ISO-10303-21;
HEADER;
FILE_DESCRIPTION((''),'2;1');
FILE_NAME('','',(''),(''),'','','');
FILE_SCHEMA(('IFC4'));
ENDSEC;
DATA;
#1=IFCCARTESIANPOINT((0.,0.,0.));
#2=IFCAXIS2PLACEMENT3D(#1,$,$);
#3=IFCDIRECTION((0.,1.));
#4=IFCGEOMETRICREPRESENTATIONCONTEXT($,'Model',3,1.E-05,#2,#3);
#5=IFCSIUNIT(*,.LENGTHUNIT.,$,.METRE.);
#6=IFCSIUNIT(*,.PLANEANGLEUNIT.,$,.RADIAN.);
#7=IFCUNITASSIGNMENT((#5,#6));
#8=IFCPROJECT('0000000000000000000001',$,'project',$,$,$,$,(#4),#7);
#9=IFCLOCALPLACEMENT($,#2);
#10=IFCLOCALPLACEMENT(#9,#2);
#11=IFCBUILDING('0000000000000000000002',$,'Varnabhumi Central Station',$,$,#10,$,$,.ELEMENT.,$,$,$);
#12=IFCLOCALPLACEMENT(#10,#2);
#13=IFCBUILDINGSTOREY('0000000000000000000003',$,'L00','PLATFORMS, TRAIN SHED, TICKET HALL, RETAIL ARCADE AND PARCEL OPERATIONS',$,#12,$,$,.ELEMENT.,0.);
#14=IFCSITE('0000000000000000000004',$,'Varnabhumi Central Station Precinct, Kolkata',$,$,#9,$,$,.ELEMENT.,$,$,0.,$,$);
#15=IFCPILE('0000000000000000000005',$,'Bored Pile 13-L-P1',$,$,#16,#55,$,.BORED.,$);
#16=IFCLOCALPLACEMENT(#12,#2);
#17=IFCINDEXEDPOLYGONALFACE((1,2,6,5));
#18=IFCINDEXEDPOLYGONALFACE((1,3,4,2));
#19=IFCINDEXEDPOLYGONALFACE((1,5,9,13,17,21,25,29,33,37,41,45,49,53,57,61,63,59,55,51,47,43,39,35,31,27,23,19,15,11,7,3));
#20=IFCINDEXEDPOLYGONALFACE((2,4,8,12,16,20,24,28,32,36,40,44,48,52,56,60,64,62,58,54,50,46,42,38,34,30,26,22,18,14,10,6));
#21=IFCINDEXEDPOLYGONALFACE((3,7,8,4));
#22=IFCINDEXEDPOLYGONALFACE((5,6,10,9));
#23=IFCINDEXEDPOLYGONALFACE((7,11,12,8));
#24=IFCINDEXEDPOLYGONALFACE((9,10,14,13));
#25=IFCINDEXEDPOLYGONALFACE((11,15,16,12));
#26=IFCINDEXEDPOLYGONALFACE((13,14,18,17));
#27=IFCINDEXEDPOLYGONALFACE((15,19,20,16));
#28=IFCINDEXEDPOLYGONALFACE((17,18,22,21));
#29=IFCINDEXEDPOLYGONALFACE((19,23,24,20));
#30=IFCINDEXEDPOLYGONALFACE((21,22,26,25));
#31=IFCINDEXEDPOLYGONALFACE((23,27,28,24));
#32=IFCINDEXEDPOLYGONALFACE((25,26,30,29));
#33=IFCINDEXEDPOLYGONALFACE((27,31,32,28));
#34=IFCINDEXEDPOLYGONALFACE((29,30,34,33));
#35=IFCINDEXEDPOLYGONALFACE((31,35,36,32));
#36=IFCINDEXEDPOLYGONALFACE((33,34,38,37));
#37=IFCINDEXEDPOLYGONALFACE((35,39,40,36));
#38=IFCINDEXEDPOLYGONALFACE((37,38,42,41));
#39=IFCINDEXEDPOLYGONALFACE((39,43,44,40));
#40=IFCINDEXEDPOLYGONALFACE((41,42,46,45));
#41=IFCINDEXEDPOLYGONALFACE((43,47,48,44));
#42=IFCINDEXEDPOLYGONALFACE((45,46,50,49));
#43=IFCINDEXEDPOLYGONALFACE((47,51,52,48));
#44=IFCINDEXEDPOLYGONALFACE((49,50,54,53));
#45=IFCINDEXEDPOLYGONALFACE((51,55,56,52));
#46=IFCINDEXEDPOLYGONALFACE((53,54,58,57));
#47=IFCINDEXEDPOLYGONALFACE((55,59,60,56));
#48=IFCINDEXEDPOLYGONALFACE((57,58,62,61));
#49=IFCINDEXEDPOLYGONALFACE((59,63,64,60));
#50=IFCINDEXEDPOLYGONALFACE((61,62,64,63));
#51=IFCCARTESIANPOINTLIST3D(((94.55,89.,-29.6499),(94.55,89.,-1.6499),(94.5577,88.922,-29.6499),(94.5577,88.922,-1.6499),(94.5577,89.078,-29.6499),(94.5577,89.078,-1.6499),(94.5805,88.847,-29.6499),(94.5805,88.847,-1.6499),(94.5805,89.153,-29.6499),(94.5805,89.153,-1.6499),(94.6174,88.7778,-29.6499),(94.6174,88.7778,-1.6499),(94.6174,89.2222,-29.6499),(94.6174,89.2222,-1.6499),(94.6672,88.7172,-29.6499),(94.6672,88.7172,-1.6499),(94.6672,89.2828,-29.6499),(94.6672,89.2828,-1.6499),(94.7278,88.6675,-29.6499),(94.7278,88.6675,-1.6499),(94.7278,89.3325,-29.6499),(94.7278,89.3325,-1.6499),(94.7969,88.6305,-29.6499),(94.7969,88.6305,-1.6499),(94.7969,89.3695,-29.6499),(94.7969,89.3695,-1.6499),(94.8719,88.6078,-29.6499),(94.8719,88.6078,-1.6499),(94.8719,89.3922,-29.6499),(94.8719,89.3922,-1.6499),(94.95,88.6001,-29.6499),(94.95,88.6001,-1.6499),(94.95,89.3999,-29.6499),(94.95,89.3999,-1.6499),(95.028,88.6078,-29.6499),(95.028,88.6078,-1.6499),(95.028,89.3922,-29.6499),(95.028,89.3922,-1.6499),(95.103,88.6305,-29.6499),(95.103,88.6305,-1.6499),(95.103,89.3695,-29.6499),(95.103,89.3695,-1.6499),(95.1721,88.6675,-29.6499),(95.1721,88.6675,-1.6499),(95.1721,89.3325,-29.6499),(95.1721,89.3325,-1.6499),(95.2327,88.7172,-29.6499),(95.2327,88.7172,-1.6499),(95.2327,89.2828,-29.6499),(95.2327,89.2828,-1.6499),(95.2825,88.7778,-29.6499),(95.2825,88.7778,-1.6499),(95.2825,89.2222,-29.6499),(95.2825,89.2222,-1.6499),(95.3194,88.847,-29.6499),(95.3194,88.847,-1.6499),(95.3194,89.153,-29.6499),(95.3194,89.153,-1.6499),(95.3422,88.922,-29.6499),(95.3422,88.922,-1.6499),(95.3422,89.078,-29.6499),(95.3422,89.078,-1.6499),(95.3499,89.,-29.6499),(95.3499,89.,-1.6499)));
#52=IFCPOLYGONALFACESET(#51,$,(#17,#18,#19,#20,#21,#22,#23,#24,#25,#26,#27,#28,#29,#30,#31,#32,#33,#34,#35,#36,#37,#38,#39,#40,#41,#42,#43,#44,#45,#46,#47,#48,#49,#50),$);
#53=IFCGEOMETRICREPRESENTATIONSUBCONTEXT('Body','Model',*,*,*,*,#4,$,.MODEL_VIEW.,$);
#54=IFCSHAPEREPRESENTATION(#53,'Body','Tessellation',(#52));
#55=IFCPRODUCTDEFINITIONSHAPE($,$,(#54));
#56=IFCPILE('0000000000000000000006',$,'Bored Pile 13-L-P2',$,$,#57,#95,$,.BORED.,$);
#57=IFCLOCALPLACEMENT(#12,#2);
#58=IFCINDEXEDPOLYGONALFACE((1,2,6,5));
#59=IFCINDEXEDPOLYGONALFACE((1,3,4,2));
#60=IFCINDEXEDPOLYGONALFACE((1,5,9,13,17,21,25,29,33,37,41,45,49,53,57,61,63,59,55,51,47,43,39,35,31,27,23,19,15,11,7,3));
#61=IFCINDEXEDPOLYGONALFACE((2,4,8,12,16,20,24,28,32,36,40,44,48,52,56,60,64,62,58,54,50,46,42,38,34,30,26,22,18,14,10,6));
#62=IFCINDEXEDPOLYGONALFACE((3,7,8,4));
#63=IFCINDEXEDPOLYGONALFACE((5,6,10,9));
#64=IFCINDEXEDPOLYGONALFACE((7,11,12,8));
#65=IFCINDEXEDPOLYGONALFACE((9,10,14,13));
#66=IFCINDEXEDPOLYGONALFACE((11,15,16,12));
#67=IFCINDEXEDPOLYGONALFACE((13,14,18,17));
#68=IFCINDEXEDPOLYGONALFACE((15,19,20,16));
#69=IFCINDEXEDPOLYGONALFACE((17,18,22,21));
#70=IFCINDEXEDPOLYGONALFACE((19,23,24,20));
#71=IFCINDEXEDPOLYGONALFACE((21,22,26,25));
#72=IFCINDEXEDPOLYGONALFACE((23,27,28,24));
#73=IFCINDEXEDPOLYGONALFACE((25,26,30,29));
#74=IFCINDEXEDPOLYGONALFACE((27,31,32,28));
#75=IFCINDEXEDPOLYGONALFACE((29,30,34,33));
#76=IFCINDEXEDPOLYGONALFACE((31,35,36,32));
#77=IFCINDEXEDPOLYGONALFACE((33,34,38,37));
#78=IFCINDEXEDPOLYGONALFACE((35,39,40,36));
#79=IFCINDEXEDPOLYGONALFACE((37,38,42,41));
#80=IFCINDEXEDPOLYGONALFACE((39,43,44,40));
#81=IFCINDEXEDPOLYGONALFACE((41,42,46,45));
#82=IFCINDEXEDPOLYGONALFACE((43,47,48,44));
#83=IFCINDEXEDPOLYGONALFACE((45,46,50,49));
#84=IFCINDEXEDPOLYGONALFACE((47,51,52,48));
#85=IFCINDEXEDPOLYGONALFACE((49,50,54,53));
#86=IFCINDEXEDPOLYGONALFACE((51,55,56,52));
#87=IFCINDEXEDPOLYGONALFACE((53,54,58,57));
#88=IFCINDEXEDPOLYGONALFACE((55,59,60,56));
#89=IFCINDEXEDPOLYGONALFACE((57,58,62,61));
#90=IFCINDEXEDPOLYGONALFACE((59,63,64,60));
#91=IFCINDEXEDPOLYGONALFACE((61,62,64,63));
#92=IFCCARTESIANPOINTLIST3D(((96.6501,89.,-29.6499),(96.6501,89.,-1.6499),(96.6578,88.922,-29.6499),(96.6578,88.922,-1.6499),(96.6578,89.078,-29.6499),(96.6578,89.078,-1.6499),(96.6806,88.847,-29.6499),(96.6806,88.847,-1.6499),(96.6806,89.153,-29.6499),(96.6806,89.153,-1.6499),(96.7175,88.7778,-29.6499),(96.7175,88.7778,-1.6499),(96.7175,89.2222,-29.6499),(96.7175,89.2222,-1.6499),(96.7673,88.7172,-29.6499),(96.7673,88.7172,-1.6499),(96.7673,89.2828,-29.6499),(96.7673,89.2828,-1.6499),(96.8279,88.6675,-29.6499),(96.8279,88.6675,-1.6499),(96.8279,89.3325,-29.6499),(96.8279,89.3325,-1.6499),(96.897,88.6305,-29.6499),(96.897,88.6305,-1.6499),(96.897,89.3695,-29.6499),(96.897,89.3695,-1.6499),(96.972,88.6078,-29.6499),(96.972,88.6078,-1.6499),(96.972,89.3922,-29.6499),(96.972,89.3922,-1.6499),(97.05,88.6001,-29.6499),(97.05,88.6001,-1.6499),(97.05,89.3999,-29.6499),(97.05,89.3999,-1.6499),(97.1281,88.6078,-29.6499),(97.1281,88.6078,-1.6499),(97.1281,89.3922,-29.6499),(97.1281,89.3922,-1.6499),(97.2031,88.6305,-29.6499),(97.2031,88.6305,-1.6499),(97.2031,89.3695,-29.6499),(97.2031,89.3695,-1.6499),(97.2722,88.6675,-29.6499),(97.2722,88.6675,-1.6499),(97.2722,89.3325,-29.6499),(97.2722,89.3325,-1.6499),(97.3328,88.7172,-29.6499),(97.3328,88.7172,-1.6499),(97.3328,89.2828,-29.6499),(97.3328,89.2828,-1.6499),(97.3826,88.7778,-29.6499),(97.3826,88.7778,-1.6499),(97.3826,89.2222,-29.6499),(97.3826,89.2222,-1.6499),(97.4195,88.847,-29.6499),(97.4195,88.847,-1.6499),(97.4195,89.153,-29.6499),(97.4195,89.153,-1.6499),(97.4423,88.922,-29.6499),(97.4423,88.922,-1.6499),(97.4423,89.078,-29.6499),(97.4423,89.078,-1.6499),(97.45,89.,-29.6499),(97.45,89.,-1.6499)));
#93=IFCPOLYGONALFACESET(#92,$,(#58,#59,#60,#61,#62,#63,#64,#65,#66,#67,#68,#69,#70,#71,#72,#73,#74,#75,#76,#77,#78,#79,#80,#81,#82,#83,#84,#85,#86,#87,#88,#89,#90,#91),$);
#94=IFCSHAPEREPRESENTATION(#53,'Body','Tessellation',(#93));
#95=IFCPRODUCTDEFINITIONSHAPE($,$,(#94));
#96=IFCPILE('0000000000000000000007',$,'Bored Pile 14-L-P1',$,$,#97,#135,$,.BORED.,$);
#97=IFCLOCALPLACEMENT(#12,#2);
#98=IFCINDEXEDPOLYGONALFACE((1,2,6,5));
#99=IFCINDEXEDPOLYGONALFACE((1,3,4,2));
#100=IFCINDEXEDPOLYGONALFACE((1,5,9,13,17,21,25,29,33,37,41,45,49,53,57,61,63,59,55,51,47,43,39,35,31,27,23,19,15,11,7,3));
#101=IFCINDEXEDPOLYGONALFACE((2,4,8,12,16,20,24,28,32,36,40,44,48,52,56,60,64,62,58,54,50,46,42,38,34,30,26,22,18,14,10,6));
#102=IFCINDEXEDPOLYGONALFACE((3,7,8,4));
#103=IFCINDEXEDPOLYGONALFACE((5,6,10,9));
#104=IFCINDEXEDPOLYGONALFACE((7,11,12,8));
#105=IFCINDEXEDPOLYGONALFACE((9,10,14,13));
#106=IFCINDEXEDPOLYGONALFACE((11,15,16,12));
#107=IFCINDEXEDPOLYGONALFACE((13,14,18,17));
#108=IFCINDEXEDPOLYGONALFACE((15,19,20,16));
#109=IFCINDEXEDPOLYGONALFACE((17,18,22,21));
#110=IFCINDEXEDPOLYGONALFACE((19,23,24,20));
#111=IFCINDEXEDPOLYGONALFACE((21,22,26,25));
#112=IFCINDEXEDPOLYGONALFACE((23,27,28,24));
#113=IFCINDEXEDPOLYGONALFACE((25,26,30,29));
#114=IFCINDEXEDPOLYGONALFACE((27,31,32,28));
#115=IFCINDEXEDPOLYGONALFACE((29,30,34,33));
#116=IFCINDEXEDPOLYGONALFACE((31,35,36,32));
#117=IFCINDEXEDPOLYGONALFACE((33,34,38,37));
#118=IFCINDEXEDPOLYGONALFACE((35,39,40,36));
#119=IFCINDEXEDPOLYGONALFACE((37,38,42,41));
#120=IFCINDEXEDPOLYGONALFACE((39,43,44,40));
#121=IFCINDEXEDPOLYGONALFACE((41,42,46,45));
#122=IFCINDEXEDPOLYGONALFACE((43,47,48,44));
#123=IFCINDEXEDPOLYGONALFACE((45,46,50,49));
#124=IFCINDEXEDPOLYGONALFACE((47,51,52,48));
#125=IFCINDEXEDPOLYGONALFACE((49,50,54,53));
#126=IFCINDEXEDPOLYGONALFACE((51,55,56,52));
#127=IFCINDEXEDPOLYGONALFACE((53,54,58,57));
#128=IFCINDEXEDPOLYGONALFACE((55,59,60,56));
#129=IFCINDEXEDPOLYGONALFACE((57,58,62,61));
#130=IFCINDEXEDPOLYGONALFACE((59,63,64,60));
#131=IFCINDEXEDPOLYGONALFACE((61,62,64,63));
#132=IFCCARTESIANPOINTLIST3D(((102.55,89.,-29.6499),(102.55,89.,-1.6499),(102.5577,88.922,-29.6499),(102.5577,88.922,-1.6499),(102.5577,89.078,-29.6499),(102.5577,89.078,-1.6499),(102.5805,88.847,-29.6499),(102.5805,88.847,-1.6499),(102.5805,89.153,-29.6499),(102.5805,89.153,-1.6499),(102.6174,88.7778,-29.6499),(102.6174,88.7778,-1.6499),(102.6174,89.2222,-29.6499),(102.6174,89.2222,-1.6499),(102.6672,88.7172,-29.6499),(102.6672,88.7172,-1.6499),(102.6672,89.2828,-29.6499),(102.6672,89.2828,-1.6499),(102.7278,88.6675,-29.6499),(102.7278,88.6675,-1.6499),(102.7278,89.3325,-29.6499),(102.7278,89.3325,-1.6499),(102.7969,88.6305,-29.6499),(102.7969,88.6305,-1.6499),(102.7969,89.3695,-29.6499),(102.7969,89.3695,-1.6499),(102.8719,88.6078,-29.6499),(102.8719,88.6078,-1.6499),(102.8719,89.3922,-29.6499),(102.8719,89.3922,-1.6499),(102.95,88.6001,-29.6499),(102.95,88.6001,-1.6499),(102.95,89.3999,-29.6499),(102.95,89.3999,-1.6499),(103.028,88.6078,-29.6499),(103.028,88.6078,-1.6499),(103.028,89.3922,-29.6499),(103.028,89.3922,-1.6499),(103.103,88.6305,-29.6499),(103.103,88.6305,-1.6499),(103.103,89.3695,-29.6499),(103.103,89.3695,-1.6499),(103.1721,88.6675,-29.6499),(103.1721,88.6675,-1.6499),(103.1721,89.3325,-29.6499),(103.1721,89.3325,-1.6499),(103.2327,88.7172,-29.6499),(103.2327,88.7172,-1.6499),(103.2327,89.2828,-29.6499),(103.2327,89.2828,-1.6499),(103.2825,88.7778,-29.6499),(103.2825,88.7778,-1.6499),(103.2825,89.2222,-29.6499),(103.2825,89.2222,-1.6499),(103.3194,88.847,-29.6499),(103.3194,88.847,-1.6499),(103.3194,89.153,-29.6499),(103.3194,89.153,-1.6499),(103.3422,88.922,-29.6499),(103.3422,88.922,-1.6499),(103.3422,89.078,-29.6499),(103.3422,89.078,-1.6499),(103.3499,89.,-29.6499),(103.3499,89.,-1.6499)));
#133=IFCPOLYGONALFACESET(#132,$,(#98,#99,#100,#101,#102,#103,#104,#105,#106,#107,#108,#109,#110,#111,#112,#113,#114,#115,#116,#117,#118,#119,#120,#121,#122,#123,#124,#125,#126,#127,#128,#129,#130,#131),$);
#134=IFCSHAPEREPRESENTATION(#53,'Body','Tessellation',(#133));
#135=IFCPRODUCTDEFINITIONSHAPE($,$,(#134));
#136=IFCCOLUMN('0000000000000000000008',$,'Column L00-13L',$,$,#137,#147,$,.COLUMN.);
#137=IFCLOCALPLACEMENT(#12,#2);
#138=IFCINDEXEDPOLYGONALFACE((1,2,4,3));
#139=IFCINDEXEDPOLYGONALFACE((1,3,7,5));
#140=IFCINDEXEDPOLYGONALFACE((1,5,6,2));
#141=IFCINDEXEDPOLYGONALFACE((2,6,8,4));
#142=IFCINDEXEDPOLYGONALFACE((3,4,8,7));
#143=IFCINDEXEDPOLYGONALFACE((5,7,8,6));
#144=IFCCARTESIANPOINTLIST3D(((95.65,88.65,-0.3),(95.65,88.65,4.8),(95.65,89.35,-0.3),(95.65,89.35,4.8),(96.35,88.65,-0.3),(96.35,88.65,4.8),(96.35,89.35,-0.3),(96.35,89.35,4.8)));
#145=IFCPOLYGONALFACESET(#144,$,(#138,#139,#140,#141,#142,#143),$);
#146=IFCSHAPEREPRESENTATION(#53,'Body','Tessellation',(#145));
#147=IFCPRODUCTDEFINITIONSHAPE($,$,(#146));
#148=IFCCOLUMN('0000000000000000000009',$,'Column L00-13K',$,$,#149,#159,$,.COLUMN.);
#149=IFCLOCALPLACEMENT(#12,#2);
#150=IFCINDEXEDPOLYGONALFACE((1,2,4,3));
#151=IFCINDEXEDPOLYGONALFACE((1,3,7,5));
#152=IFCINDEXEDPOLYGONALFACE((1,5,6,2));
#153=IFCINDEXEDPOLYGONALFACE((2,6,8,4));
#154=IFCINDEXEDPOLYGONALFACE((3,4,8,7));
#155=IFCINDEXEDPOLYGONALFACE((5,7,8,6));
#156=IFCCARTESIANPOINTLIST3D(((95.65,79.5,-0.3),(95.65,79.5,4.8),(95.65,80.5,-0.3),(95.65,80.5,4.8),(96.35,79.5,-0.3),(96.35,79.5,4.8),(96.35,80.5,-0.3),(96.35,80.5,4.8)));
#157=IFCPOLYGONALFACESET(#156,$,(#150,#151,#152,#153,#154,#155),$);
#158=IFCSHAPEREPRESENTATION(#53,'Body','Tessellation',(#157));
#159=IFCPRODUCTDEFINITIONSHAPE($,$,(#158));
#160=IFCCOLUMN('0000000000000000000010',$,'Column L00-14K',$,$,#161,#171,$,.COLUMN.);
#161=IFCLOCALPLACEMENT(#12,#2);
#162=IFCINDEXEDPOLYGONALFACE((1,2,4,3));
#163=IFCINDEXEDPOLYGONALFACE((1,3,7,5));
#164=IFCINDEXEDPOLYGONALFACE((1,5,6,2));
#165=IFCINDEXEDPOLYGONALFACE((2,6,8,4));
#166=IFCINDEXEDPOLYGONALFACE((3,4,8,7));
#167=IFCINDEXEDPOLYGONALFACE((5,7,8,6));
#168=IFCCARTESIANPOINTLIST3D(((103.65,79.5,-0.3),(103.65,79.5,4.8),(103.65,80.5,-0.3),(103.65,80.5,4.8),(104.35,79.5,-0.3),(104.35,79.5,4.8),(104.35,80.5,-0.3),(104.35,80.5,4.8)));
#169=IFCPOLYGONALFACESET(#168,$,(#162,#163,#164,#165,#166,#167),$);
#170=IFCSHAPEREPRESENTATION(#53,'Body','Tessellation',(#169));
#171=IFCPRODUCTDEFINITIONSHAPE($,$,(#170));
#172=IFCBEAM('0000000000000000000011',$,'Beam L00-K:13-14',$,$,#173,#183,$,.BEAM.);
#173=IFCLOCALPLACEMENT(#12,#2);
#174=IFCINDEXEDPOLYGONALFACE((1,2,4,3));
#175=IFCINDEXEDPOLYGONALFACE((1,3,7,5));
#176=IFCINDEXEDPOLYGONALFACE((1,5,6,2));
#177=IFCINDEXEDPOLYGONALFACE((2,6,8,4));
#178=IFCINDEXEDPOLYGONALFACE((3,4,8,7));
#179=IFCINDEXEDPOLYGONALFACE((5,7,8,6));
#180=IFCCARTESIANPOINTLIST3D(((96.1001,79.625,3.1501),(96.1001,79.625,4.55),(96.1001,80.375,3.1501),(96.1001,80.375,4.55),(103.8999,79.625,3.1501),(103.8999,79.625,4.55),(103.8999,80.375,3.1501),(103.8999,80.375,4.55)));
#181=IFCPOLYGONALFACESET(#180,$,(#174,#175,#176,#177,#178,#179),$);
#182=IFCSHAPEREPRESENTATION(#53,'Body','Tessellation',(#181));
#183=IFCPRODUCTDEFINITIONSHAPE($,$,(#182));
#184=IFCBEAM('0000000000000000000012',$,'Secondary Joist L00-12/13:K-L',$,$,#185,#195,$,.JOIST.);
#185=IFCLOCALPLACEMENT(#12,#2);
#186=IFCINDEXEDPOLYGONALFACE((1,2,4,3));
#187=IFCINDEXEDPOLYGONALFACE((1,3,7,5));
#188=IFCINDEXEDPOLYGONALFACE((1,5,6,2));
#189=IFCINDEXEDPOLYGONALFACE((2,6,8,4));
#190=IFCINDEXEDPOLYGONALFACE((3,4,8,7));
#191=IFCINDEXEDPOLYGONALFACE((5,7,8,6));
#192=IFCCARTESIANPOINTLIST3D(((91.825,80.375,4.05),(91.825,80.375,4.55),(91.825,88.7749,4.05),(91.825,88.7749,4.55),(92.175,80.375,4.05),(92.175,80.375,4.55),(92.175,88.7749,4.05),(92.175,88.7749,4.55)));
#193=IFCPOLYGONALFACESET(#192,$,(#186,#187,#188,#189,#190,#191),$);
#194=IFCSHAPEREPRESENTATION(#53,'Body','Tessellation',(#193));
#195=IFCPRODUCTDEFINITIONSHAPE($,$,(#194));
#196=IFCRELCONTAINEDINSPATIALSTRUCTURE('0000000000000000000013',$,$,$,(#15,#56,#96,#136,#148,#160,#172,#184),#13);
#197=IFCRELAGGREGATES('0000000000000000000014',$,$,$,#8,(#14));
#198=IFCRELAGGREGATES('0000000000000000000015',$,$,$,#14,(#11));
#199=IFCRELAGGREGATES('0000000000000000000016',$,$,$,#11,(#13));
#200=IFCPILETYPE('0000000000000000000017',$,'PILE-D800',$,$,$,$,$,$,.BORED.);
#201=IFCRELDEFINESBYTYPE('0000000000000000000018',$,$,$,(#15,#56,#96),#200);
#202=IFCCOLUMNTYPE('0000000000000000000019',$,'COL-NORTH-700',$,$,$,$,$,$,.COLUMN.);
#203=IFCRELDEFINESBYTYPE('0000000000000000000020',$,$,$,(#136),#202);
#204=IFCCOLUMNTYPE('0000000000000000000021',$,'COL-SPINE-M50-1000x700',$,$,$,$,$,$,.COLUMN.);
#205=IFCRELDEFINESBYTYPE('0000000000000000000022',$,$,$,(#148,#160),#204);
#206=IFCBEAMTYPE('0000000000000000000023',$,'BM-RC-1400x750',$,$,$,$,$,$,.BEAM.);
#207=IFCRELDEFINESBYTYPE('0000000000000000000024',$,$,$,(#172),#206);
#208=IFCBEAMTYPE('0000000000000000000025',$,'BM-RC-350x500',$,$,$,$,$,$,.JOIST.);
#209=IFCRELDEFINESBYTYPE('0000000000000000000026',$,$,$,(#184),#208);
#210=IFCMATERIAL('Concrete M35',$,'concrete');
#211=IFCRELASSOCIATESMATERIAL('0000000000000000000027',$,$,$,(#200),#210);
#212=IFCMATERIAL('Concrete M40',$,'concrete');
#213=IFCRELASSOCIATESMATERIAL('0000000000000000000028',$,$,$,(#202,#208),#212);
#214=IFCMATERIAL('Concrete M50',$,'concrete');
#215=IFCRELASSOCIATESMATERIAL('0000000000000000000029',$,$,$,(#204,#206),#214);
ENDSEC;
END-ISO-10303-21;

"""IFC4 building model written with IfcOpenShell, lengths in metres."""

from ifc_helpers import new_model, si_unit, direction, frame, origin, origin_2d, place, context, subcontext, project, spatial, rectangle, circle, extrude, material, material_profile, profile_set, type_object, element, save


model = new_model("IFC4")

# Units and contexts
model_context = context("Model", 3, precision=1e-05, world=origin(), true_north=direction((0.0, 1.0)))
body_context = subcontext(model_context, "Body", "Model", "MODEL_VIEW")
ifc_project = project(units=[si_unit("LENGTHUNIT", "METRE"), si_unit("PLANEANGLEUNIT", "RADIAN")], contexts=[model_context])

# Site, building, storey
site_placement = place(None, origin())
site = spatial("IfcSite", under=ifc_project, at=site_placement, Name="Varnabhumi Central Station Precinct, Kolkata", CompositionType="ELEMENT", RefElevation=0.0)
building_placement = place(site_placement, origin())
building = spatial("IfcBuilding", under=site, at=building_placement, Name="Varnabhumi Central Station", CompositionType="ELEMENT")
storey_placement = place(building_placement, origin())
storey = spatial("IfcBuildingStorey", under=building, at=storey_placement, Name="L00", Description="PLATFORMS, TRAIN SHED, TICKET HALL, RETAIL ARCADE AND PARCEL OPERATIONS", CompositionType="ELEMENT", Elevation=0.0)

# Shared definitions
ifc_material_1 = material(Name="Concrete M40", Category="concrete")

# Piles
ifc_material_2 = material(Name="Concrete M35", Category="concrete")
ifc_material_profile_1 = material_profile(ifc_material_2, circle(Radius=0.3999, at=origin_2d()), Name="Concrete M35", Category="concrete")
ifc_profile_set_1 = profile_set([ifc_material_profile_1], Name="Concrete M35")
pile_type_1 = type_object("IfcPileType", Name="PILE-D800", PredefinedType="BORED", material=ifc_profile_set_1)
for number, where, z_axis, x_axis, name in (
    (1, (94.95, 89.0, -1.6499), (0.0, 0.0, -1.0), (1.0, 0.0, 0.0), "Bored Pile 13-L-P1"),
    (2, (97.05, 89.0, -1.6499), (0.0, 0.0, -1.0), (1.0, 0.0, 0.0), "Bored Pile 13-L-P2"),
    (3, (102.95, 89.0, -1.6499), (0.0, 0.0, -1.0), (1.0, 0.0, 0.0), "Bored Pile 14-L-P1"),
):
    element("IfcPile", number, at=place(storey_placement, frame(where, z_axis=z_axis, x_axis=x_axis)), inside=storey, type_object=pile_type_1, Name=name, PredefinedType="BORED", context=body_context, shape_type="SweptSolid", body=[
        extrude(circle(Radius=0.3999, at=origin_2d()), origin(), (0.0, 0.0, 1.0), 28.0),
    ])

# Columns
ifc_material_profile_2 = material_profile(ifc_material_1, rectangle(XDim=0.7, YDim=0.7, at=origin_2d()), Name="Concrete M40", Category="concrete")
ifc_profile_set_2 = profile_set([ifc_material_profile_2], Name="Concrete M40")
column_type_1 = type_object("IfcColumnType", Name="COL-NORTH-700", PredefinedType="COLUMN", material=ifc_profile_set_2)
column_placement = place(storey_placement, frame((96.0, 89.0, -0.3), z_axis=(0.0, 0.0, 1.0), x_axis=(1.0, 0.0, 0.0)))
element("IfcColumn", 4, at=column_placement, inside=storey, type_object=column_type_1, Name="Column L00-13L", PredefinedType="COLUMN", context=body_context, shape_type="SweptSolid", body=[
    extrude(rectangle(XDim=0.7, YDim=0.7, at=origin_2d()), origin(), (0.0, 0.0, 1.0), 5.1001),
])
ifc_material_3 = material(Name="Concrete M50", Category="concrete")
ifc_material_profile_3 = material_profile(ifc_material_3, rectangle(XDim=0.7, YDim=1.0, at=origin_2d()), Name="Concrete M50", Category="concrete")
ifc_profile_set_3 = profile_set([ifc_material_profile_3], Name="Concrete M50")
column_type_2 = type_object("IfcColumnType", Name="COL-SPINE-M50-1000x700", PredefinedType="COLUMN", material=ifc_profile_set_3)
for number, where, z_axis, x_axis, name in (
    (5, (96.0, 80.0, -0.3), (0.0, 0.0, 1.0), (1.0, 0.0, 0.0), "Column L00-13K"),
    (6, (104.0, 80.0, -0.3), (0.0, 0.0, 1.0), (1.0, 0.0, 0.0), "Column L00-14K"),
):
    element("IfcColumn", number, at=place(storey_placement, frame(where, z_axis=z_axis, x_axis=x_axis)), inside=storey, type_object=column_type_2, Name=name, PredefinedType="COLUMN", context=body_context, shape_type="SweptSolid", body=[
        extrude(rectangle(XDim=0.7, YDim=1.0, at=origin_2d()), origin(), (0.0, 0.0, 1.0), 5.1001),
    ])

# Beams
ifc_material_profile_4 = material_profile(ifc_material_3, rectangle(XDim=0.75, YDim=1.3999, at=origin_2d()), Name="Concrete M50", Category="concrete")
ifc_profile_set_4 = profile_set([ifc_material_profile_4], Name="Concrete M50")
beam_type_1 = type_object("IfcBeamType", Name="BM-RC-1400x750", PredefinedType="BEAM", material=ifc_profile_set_4)
beam_1_placement = place(storey_placement, frame((96.1001, 80.0, 3.8501), z_axis=(1.0, 0.0, 0.0), x_axis=(0.0, 1.0, 0.0)))
element("IfcBeam", 7, at=beam_1_placement, inside=storey, type_object=beam_type_1, Name="Beam L00-K:13-14", PredefinedType="BEAM", context=body_context, shape_type="SweptSolid", body=[
    extrude(rectangle(XDim=0.75, YDim=1.3999, at=origin_2d()), origin(), (0.0, 0.0, 1.0), 7.7998),
])
ifc_material_profile_5 = material_profile(ifc_material_1, rectangle(XDim=0.3501, YDim=0.5, at=origin_2d()), Name="Concrete M40", Category="concrete")
ifc_profile_set_5 = profile_set([ifc_material_profile_5], Name="Concrete M40")
beam_type_2 = type_object("IfcBeamType", Name="BM-RC-350x500", PredefinedType="JOIST", material=ifc_profile_set_5)
beam_2_placement = place(storey_placement, frame((92.0, 80.375, 4.3), z_axis=(0.0, 1.0, 0.0), x_axis=(-1.0, 0.0, 0.0)))
element("IfcBeam", 8, at=beam_2_placement, inside=storey, type_object=beam_type_2, Name="Secondary Joist L00-12/13:K-L", PredefinedType="JOIST", context=body_context, shape_type="SweptSolid", body=[
    extrude(rectangle(XDim=0.3501, YDim=0.5, at=origin_2d()), origin(), (0.0, 0.0, 1.0), 8.3999),
])

save(model, "model.ifc")
